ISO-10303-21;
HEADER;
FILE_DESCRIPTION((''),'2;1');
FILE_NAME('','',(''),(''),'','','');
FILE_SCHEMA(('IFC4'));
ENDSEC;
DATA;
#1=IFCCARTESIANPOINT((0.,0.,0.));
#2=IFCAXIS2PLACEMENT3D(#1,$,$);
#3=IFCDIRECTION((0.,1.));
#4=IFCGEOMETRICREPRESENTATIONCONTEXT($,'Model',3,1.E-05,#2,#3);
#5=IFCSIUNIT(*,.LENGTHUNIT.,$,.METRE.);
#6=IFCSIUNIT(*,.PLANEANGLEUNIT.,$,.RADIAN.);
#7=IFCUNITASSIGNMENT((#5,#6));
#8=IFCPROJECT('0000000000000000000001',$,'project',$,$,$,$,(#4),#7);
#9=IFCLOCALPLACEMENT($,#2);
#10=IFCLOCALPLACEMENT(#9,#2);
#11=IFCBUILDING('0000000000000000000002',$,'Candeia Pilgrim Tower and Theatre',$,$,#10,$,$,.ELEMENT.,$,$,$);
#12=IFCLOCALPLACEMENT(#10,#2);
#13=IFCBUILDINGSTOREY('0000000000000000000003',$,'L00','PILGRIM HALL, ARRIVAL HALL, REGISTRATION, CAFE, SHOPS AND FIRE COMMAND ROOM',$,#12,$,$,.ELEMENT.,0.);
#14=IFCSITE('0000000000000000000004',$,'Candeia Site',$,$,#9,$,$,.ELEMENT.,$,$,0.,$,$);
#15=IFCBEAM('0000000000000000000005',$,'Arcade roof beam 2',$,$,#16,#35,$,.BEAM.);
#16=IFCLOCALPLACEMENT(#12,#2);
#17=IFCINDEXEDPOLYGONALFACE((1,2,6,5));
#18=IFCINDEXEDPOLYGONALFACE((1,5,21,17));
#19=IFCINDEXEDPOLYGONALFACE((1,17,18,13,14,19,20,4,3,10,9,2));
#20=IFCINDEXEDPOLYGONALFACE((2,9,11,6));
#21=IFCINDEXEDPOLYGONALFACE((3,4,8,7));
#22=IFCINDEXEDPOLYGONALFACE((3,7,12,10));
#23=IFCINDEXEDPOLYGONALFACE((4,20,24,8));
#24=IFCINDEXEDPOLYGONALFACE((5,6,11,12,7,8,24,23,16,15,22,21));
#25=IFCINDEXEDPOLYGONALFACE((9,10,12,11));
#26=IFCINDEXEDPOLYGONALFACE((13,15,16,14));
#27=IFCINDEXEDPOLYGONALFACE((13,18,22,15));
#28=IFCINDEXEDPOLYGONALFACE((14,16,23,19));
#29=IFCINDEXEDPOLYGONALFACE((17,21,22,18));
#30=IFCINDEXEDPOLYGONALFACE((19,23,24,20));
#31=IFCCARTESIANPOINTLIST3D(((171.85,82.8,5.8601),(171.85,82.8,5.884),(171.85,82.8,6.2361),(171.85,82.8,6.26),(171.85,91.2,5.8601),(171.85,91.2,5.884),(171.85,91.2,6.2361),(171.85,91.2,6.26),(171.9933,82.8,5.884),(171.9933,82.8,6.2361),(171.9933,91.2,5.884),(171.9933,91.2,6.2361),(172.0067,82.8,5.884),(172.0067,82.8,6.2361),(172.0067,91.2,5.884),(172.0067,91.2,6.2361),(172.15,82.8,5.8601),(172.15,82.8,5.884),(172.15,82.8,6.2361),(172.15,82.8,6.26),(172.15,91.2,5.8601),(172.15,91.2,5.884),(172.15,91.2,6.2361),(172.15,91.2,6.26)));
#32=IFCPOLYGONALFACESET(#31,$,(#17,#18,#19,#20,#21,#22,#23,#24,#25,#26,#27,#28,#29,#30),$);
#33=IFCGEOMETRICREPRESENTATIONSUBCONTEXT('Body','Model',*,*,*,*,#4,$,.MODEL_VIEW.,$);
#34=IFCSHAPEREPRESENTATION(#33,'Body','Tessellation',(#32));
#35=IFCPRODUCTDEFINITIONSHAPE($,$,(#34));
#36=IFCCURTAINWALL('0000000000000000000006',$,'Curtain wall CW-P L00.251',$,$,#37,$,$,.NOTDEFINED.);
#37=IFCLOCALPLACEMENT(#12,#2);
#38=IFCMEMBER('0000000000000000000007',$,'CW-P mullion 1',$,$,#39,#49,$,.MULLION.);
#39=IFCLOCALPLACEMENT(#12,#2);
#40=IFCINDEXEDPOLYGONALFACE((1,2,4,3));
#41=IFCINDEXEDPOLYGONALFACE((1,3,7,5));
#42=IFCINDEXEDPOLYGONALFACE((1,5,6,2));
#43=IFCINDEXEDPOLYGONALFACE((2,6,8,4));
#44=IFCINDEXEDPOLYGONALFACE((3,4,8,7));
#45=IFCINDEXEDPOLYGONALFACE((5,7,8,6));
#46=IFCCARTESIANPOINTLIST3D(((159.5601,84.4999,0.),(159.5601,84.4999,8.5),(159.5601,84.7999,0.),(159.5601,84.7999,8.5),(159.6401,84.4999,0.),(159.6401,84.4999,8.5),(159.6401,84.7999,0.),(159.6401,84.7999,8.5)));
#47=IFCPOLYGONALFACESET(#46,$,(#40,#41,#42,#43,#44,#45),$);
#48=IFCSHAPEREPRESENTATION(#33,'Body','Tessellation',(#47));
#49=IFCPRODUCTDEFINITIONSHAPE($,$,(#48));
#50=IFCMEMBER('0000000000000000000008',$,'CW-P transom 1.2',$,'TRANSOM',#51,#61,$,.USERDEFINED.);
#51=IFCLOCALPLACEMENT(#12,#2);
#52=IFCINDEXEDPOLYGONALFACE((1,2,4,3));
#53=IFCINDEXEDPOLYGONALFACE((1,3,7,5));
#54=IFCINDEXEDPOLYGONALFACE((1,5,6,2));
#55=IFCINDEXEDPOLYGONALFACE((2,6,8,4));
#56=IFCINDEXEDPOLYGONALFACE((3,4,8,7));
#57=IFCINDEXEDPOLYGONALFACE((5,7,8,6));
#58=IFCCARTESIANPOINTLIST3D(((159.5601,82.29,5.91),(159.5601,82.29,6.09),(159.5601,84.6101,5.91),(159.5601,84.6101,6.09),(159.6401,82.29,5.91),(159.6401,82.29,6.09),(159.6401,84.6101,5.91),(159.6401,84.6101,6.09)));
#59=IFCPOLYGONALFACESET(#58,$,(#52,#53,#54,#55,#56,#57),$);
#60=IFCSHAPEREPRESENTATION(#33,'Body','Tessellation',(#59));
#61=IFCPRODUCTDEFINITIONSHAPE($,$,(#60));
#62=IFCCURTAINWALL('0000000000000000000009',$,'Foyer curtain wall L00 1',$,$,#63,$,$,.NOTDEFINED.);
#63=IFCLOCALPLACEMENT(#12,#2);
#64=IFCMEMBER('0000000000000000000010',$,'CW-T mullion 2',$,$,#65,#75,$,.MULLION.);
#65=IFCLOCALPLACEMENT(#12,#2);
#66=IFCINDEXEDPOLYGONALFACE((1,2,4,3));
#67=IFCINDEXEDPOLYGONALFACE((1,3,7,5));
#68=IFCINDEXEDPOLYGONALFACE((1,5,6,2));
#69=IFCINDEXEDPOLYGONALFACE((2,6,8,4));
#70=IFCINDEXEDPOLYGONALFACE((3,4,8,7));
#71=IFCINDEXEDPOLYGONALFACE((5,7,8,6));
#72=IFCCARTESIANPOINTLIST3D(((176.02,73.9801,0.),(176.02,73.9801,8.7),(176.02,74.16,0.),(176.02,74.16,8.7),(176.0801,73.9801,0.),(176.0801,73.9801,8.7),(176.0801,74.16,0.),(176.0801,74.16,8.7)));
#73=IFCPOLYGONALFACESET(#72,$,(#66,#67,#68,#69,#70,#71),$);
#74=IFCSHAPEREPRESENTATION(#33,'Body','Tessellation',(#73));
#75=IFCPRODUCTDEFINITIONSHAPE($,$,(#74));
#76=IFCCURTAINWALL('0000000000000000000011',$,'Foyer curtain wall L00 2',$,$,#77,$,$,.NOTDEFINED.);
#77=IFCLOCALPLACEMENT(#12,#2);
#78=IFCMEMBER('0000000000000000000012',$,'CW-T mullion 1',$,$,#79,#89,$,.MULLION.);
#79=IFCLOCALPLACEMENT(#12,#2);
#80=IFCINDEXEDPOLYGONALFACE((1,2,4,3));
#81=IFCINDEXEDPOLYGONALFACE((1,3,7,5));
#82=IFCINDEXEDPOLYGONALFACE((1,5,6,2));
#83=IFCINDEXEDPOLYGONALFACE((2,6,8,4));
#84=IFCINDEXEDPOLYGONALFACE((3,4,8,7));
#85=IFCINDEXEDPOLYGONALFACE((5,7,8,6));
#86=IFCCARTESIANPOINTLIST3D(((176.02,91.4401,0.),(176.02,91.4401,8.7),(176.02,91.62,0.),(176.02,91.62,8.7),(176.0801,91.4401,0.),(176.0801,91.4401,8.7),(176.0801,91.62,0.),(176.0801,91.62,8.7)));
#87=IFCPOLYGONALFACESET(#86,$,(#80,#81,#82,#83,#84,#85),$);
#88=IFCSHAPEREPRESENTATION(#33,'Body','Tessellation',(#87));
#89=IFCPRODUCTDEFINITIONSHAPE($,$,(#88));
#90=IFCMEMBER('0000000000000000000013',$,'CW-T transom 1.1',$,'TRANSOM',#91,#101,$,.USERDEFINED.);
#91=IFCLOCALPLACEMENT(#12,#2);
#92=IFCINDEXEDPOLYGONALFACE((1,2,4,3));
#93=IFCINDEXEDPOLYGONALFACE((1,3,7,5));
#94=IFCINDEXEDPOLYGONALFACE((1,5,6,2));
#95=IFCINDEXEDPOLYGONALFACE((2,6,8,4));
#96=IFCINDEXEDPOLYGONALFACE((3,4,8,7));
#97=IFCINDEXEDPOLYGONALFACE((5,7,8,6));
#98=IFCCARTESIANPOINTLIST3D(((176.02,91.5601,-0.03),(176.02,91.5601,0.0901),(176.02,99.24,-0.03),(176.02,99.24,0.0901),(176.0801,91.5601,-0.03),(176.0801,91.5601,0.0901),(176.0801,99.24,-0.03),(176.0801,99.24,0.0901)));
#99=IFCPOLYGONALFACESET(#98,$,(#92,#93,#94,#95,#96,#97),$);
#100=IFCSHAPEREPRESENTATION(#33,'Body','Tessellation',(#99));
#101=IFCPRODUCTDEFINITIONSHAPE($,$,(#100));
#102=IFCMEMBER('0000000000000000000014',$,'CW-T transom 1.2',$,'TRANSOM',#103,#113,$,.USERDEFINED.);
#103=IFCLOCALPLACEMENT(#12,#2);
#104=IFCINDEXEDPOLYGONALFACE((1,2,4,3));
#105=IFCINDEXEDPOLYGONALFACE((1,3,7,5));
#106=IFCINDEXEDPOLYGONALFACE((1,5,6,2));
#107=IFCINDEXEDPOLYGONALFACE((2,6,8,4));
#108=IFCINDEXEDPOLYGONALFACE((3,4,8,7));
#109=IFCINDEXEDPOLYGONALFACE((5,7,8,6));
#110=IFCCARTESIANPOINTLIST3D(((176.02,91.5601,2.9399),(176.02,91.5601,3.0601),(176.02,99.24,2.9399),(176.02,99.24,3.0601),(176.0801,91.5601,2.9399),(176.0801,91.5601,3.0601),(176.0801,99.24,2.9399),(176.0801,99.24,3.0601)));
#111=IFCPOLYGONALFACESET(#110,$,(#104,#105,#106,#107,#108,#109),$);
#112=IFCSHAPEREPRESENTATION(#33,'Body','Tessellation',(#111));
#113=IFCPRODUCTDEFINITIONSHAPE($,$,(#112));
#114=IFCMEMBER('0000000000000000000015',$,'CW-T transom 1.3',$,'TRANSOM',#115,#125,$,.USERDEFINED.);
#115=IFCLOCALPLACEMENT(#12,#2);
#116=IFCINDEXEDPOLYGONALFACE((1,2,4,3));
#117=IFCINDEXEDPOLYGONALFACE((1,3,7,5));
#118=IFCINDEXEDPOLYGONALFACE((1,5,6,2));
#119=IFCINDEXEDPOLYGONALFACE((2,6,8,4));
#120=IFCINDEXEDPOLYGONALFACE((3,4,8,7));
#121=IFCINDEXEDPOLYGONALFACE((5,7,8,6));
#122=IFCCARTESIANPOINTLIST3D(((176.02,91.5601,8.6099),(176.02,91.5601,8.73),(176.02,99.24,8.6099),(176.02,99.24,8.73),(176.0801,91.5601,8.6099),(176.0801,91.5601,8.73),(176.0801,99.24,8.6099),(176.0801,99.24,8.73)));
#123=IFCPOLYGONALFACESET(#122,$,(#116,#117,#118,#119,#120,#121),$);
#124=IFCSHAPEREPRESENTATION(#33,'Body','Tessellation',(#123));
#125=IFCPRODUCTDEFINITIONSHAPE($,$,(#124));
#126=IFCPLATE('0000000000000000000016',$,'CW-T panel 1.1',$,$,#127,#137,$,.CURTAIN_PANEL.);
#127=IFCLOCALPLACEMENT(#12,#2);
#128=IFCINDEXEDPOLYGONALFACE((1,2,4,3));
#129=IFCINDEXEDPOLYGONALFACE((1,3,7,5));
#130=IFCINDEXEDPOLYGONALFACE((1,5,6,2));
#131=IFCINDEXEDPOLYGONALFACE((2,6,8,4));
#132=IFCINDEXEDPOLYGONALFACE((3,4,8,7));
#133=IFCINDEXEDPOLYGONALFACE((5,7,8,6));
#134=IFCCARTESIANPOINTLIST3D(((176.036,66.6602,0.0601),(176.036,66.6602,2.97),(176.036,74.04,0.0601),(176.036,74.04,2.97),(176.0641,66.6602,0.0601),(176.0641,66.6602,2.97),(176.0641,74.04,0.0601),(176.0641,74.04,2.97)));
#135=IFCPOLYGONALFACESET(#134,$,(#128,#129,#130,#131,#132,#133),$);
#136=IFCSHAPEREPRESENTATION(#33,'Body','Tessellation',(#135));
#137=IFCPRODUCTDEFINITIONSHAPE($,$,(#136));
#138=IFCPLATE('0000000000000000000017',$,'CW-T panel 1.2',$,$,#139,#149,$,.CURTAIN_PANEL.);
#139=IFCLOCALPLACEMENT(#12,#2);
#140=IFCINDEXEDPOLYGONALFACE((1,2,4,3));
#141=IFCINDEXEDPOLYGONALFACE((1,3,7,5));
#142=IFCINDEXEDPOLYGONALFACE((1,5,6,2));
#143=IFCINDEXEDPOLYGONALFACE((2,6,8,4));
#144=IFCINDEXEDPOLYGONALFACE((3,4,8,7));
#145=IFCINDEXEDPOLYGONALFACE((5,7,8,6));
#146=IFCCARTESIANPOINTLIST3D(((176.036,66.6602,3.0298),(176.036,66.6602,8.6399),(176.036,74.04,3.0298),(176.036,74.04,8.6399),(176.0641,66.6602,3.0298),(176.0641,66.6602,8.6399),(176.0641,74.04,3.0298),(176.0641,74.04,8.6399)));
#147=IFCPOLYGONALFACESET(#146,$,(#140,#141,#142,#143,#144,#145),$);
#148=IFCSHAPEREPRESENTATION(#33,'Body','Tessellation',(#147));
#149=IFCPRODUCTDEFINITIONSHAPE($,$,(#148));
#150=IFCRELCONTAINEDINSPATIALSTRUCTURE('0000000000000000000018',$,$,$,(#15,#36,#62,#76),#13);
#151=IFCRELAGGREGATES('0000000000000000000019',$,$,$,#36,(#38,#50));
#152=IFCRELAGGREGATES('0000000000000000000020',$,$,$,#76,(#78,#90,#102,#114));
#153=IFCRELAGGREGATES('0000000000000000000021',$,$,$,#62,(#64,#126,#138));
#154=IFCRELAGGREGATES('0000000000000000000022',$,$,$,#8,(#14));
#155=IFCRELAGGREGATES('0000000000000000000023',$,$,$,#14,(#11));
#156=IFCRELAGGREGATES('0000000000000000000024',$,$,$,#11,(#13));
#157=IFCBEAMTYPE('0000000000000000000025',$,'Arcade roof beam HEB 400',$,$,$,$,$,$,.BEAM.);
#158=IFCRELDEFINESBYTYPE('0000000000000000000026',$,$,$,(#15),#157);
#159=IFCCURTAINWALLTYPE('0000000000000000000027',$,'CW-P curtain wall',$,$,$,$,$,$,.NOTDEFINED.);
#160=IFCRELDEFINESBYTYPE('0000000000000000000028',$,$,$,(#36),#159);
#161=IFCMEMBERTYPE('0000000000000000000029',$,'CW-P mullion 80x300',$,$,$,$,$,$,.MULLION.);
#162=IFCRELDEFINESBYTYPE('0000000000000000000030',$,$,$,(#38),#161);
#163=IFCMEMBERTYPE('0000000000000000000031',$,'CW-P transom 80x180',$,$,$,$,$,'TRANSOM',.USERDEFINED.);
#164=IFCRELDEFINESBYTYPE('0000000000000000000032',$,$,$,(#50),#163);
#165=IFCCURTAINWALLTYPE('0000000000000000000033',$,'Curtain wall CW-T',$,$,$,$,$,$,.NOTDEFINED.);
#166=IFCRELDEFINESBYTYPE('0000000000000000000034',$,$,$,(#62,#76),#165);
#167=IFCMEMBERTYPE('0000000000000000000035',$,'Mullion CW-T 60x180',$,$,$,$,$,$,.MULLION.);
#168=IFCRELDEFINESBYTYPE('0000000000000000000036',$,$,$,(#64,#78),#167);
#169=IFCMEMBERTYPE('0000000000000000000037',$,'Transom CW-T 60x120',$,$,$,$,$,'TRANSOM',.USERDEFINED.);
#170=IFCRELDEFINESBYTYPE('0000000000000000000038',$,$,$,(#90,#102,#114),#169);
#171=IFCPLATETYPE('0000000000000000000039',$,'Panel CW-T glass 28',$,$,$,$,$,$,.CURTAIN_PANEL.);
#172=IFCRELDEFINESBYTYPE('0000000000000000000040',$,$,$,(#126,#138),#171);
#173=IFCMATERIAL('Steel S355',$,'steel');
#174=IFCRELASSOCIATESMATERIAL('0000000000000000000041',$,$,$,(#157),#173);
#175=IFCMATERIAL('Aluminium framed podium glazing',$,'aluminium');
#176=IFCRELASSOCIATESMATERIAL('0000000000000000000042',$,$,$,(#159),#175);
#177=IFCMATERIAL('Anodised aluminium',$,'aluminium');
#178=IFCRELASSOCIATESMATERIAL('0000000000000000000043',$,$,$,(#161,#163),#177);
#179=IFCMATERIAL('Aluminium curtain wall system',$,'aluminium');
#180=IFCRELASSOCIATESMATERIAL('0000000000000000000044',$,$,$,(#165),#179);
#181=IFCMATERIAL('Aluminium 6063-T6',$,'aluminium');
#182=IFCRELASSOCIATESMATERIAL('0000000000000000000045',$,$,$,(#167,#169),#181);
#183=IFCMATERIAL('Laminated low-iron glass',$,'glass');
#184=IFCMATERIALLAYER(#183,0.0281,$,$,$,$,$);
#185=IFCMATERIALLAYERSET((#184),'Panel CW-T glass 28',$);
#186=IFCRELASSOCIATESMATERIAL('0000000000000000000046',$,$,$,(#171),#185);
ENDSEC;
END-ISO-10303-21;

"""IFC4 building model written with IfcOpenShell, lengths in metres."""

from ifc_helpers import new_model, si_unit, direction, frame, origin, origin_2d, place, context, subcontext, project, spatial, rectangle, i_section, extrude, material, layer, layer_set, material_profile, profile_set, type_object, element, aggregate, save


model = new_model("IFC4")

# Units and contexts
model_context = context("Model", 3, precision=1e-05, world=origin(), true_north=direction((0.0, 1.0)))
body_context = subcontext(model_context, "Body", "Model", "MODEL_VIEW")
ifc_project = project(units=[si_unit("LENGTHUNIT", "METRE"), si_unit("PLANEANGLEUNIT", "RADIAN")], contexts=[model_context])

# Site, building, storey
site_placement = place(None, origin())
site = spatial("IfcSite", under=ifc_project, at=site_placement, Name="Candeia Site", CompositionType="ELEMENT", RefElevation=0.0)
building_placement = place(site_placement, origin())
building = spatial("IfcBuilding", under=site, at=building_placement, Name="Candeia Pilgrim Tower and Theatre", CompositionType="ELEMENT")
storey_placement = place(building_placement, origin())
storey = spatial("IfcBuildingStorey", under=building, at=storey_placement, Name="L00", Description="PILGRIM HALL, ARRIVAL HALL, REGISTRATION, CAFE, SHOPS AND FIRE COMMAND ROOM", CompositionType="ELEMENT", Elevation=0.0)

# Shared definitions
ifc_material_1 = material(Name="Steel S355", Category="steel")

# Beam
ifc_material_profile_1 = material_profile(ifc_material_1, i_section(OverallWidth=0.3, OverallDepth=0.3999, WebThickness=0.0134, FlangeThickness=0.0239, at=origin_2d()))
ifc_profile_set_1 = profile_set([ifc_material_profile_1], Name="Steel S355")
beam_type_1 = type_object("IfcBeamType", Name="Arcade roof beam HEB 400", PredefinedType="BEAM", material=ifc_profile_set_1)
for number, where, z_axis, x_axis, name in (
    (1, (172.0, 82.8, 6.0601), (0.0, 1.0, 0.0), (-1.0, 0.0, 0.0), "Arcade roof beam 2"),
):
    element("IfcBeam", number, at=place(storey_placement, frame(where, z_axis=z_axis, x_axis=x_axis)), inside=storey, type_object=beam_type_1, Name=name, PredefinedType="BEAM", context=body_context, shape_type="SweptSolid", body=[
        extrude(i_section(OverallWidth=0.3, OverallDepth=0.3999, WebThickness=0.0134, FlangeThickness=0.0239, at=origin_2d()), origin(), (0.0, 0.0, 1.0), 8.3999),
    ])

# Curtain wall, members
ifc_material_2 = material(Name="Aluminium framed podium glazing", Category="aluminium")
curtain_wall_type_1 = type_object("IfcCurtainWallType", Name="CW-P curtain wall", PredefinedType="NOTDEFINED", material=ifc_material_2)
curtain_wall_1_placement = place(storey_placement, origin())
curtain_wall_1 = element("IfcCurtainWall", 2, at=curtain_wall_1_placement, inside=storey, type_object=curtain_wall_type_1, Name="Curtain wall CW-P L00.251", PredefinedType="NOTDEFINED")
ifc_material_3 = material(Name="Anodised aluminium", Category="aluminium")
ifc_material_profile_2 = material_profile(ifc_material_3, rectangle(XDim=0.0801, YDim=0.3, at=origin_2d()))
ifc_profile_set_2 = profile_set([ifc_material_profile_2], Name="Anodised aluminium")
member_type_1 = type_object("IfcMemberType", Name="CW-P mullion 80x300", PredefinedType="MULLION", material=ifc_profile_set_2)
member_1_placement = place(storey_placement, frame((159.6001, 84.6499, 0.0), z_axis=(0.0, 0.0, 1.0), x_axis=(1.0, 0.0, 0.0)))
member_1 = element("IfcMember", 3, at=member_1_placement, type_object=member_type_1, Name="CW-P mullion 1", PredefinedType="MULLION", context=body_context, shape_type="SweptSolid", body=[
    extrude(rectangle(XDim=0.0801, YDim=0.3, at=origin_2d()), origin(), (0.0, 0.0, 1.0), 8.5),
])
ifc_material_profile_3 = material_profile(ifc_material_3, rectangle(XDim=0.0801, YDim=0.1799, at=origin_2d()))
ifc_profile_set_3 = profile_set([ifc_material_profile_3], Name="Anodised aluminium")
member_type_2 = type_object("IfcMemberType", Name="CW-P transom 80x180", ElementType="TRANSOM", PredefinedType="USERDEFINED", material=ifc_profile_set_3)
member_2_placement = place(storey_placement, frame((159.6001, 84.6101, 6.0), z_axis=(0.0, -1.0, 0.0), x_axis=(1.0, 0.0, 0.0)))
member_2 = element("IfcMember", 4, at=member_2_placement, type_object=member_type_2, Name="CW-P transom 1.2", ObjectType="TRANSOM", PredefinedType="USERDEFINED", context=body_context, shape_type="SweptSolid", body=[
    extrude(rectangle(XDim=0.0801, YDim=0.1799, at=origin_2d()), origin(), (0.0, 0.0, 1.0), 2.3201),
])
aggregate(curtain_wall_1, [member_1, member_2])

# Curtain wall, member
ifc_material_4 = material(Name="Aluminium curtain wall system", Category="aluminium")
curtain_wall_type_2 = type_object("IfcCurtainWallType", Name="Curtain wall CW-T", PredefinedType="NOTDEFINED", material=ifc_material_4)
curtain_wall_2_placement = place(storey_placement, origin())
curtain_wall_2 = element("IfcCurtainWall", 5, at=curtain_wall_2_placement, inside=storey, type_object=curtain_wall_type_2, Name="Foyer curtain wall L00 1", PredefinedType="NOTDEFINED")
ifc_material_5 = material(Name="Aluminium 6063-T6", Category="aluminium")
ifc_material_profile_4 = material_profile(ifc_material_5, rectangle(XDim=0.0601, YDim=0.1799, at=origin_2d()))
ifc_profile_set_4 = profile_set([ifc_material_profile_4], Name="Aluminium 6063-T6")
member_type_3 = type_object("IfcMemberType", Name="Mullion CW-T 60x180", PredefinedType="MULLION", material=ifc_profile_set_4)
member_3_placement = place(storey_placement, frame((176.05, 74.0701, 0.0), z_axis=(0.0, 0.0, 1.0), x_axis=(-1.0, 0.0, 0.0)))
member_3 = element("IfcMember", 6, at=member_3_placement, type_object=member_type_3, Name="CW-T mullion 2", PredefinedType="MULLION", context=body_context, shape_type="SweptSolid", body=[
    extrude(rectangle(XDim=0.0601, YDim=0.1799, at=origin_2d()), origin(), (0.0, 0.0, 1.0), 8.7),
])

# Curtain wall, members
curtain_wall_3_placement = place(storey_placement, origin())
curtain_wall_3 = element("IfcCurtainWall", 7, at=curtain_wall_3_placement, inside=storey, type_object=curtain_wall_type_2, Name="Foyer curtain wall L00 2", PredefinedType="NOTDEFINED")
member_4_placement = place(storey_placement, frame((176.05, 91.53, 0.0), z_axis=(0.0, 0.0, 1.0), x_axis=(-1.0, 0.0, 0.0)))
member_4 = element("IfcMember", 8, at=member_4_placement, type_object=member_type_3, Name="CW-T mullion 1", PredefinedType="MULLION", context=body_context, shape_type="SweptSolid", body=[
    extrude(rectangle(XDim=0.0601, YDim=0.1799, at=origin_2d()), origin(), (0.0, 0.0, 1.0), 8.7),
])
ifc_material_profile_5 = material_profile(ifc_material_5, rectangle(XDim=0.0601, YDim=0.1201, at=origin_2d()))
ifc_profile_set_5 = profile_set([ifc_material_profile_5], Name="Aluminium 6063-T6")
member_type_4 = type_object("IfcMemberType", Name="Transom CW-T 60x120", ElementType="TRANSOM", PredefinedType="USERDEFINED", material=ifc_profile_set_5)
member_5_placement = place(storey_placement, frame((176.05, 91.5601, 0.03), z_axis=(0.0, 1.0, 0.0), x_axis=(-1.0, 0.0, 0.0)))
member_5 = element("IfcMember", 9, at=member_5_placement, type_object=member_type_4, Name="CW-T transom 1.1", ObjectType="TRANSOM", PredefinedType="USERDEFINED", context=body_context, shape_type="SweptSolid", body=[
    extrude(rectangle(XDim=0.0601, YDim=0.1201, at=origin_2d()), origin(), (0.0, 0.0, 1.0), 7.6799),
])
member_6_placement = place(storey_placement, frame((176.05, 91.5601, 3.0), z_axis=(0.0, 1.0, 0.0), x_axis=(-1.0, 0.0, 0.0)))
member_6 = element("IfcMember", 10, at=member_6_placement, type_object=member_type_4, Name="CW-T transom 1.2", ObjectType="TRANSOM", PredefinedType="USERDEFINED", context=body_context, shape_type="SweptSolid", body=[
    extrude(rectangle(XDim=0.0601, YDim=0.1201, at=origin_2d()), origin(), (0.0, 0.0, 1.0), 7.6799),
])
member_7_placement = place(storey_placement, frame((176.05, 91.5601, 8.6699), z_axis=(0.0, 1.0, 0.0), x_axis=(-1.0, 0.0, 0.0)))
member_7 = element("IfcMember", 11, at=member_7_placement, type_object=member_type_4, Name="CW-T transom 1.3", ObjectType="TRANSOM", PredefinedType="USERDEFINED", context=body_context, shape_type="SweptSolid", body=[
    extrude(rectangle(XDim=0.0601, YDim=0.1201, at=origin_2d()), origin(), (0.0, 0.0, 1.0), 7.6799),
])
aggregate(curtain_wall_3, [member_4, member_5, member_6, member_7])

# Plates
ifc_material_6 = material(Name="Laminated low-iron glass", Category="glass")
ifc_layer = layer(ifc_material_6, 0.0281)
ifc_layer_set = layer_set([ifc_layer], Name="Panel CW-T glass 28")
plate_type = type_object("IfcPlateType", Name="Panel CW-T glass 28", PredefinedType="CURTAIN_PANEL", material=ifc_layer_set)
plate_1_placement = place(storey_placement, frame((176.05, 70.3501, 0.0601), z_axis=(0.0, 0.0, 1.0), x_axis=(0.0, 1.0, 0.0)))
plate_1 = element("IfcPlate", 12, at=plate_1_placement, type_object=plate_type, Name="CW-T panel 1.1", PredefinedType="CURTAIN_PANEL", context=body_context, shape_type="SweptSolid", body=[
    extrude(rectangle(XDim=7.3799, YDim=0.0281, at=origin_2d()), origin(), (0.0, 0.0, 1.0), 2.9099),
])
plate_2_placement = place(storey_placement, frame((176.05, 70.3501, 3.0298), z_axis=(0.0, 0.0, 1.0), x_axis=(0.0, 1.0, 0.0)))
plate_2 = element("IfcPlate", 13, at=plate_2_placement, type_object=plate_type, Name="CW-T panel 1.2", PredefinedType="CURTAIN_PANEL", context=body_context, shape_type="SweptSolid", body=[
    extrude(rectangle(XDim=7.3799, YDim=0.0281, at=origin_2d()), origin(), (0.0, 0.0, 1.0), 5.6101),
])
aggregate(curtain_wall_2, [member_3, plate_1, plate_2])

save(model, "model.ifc")
